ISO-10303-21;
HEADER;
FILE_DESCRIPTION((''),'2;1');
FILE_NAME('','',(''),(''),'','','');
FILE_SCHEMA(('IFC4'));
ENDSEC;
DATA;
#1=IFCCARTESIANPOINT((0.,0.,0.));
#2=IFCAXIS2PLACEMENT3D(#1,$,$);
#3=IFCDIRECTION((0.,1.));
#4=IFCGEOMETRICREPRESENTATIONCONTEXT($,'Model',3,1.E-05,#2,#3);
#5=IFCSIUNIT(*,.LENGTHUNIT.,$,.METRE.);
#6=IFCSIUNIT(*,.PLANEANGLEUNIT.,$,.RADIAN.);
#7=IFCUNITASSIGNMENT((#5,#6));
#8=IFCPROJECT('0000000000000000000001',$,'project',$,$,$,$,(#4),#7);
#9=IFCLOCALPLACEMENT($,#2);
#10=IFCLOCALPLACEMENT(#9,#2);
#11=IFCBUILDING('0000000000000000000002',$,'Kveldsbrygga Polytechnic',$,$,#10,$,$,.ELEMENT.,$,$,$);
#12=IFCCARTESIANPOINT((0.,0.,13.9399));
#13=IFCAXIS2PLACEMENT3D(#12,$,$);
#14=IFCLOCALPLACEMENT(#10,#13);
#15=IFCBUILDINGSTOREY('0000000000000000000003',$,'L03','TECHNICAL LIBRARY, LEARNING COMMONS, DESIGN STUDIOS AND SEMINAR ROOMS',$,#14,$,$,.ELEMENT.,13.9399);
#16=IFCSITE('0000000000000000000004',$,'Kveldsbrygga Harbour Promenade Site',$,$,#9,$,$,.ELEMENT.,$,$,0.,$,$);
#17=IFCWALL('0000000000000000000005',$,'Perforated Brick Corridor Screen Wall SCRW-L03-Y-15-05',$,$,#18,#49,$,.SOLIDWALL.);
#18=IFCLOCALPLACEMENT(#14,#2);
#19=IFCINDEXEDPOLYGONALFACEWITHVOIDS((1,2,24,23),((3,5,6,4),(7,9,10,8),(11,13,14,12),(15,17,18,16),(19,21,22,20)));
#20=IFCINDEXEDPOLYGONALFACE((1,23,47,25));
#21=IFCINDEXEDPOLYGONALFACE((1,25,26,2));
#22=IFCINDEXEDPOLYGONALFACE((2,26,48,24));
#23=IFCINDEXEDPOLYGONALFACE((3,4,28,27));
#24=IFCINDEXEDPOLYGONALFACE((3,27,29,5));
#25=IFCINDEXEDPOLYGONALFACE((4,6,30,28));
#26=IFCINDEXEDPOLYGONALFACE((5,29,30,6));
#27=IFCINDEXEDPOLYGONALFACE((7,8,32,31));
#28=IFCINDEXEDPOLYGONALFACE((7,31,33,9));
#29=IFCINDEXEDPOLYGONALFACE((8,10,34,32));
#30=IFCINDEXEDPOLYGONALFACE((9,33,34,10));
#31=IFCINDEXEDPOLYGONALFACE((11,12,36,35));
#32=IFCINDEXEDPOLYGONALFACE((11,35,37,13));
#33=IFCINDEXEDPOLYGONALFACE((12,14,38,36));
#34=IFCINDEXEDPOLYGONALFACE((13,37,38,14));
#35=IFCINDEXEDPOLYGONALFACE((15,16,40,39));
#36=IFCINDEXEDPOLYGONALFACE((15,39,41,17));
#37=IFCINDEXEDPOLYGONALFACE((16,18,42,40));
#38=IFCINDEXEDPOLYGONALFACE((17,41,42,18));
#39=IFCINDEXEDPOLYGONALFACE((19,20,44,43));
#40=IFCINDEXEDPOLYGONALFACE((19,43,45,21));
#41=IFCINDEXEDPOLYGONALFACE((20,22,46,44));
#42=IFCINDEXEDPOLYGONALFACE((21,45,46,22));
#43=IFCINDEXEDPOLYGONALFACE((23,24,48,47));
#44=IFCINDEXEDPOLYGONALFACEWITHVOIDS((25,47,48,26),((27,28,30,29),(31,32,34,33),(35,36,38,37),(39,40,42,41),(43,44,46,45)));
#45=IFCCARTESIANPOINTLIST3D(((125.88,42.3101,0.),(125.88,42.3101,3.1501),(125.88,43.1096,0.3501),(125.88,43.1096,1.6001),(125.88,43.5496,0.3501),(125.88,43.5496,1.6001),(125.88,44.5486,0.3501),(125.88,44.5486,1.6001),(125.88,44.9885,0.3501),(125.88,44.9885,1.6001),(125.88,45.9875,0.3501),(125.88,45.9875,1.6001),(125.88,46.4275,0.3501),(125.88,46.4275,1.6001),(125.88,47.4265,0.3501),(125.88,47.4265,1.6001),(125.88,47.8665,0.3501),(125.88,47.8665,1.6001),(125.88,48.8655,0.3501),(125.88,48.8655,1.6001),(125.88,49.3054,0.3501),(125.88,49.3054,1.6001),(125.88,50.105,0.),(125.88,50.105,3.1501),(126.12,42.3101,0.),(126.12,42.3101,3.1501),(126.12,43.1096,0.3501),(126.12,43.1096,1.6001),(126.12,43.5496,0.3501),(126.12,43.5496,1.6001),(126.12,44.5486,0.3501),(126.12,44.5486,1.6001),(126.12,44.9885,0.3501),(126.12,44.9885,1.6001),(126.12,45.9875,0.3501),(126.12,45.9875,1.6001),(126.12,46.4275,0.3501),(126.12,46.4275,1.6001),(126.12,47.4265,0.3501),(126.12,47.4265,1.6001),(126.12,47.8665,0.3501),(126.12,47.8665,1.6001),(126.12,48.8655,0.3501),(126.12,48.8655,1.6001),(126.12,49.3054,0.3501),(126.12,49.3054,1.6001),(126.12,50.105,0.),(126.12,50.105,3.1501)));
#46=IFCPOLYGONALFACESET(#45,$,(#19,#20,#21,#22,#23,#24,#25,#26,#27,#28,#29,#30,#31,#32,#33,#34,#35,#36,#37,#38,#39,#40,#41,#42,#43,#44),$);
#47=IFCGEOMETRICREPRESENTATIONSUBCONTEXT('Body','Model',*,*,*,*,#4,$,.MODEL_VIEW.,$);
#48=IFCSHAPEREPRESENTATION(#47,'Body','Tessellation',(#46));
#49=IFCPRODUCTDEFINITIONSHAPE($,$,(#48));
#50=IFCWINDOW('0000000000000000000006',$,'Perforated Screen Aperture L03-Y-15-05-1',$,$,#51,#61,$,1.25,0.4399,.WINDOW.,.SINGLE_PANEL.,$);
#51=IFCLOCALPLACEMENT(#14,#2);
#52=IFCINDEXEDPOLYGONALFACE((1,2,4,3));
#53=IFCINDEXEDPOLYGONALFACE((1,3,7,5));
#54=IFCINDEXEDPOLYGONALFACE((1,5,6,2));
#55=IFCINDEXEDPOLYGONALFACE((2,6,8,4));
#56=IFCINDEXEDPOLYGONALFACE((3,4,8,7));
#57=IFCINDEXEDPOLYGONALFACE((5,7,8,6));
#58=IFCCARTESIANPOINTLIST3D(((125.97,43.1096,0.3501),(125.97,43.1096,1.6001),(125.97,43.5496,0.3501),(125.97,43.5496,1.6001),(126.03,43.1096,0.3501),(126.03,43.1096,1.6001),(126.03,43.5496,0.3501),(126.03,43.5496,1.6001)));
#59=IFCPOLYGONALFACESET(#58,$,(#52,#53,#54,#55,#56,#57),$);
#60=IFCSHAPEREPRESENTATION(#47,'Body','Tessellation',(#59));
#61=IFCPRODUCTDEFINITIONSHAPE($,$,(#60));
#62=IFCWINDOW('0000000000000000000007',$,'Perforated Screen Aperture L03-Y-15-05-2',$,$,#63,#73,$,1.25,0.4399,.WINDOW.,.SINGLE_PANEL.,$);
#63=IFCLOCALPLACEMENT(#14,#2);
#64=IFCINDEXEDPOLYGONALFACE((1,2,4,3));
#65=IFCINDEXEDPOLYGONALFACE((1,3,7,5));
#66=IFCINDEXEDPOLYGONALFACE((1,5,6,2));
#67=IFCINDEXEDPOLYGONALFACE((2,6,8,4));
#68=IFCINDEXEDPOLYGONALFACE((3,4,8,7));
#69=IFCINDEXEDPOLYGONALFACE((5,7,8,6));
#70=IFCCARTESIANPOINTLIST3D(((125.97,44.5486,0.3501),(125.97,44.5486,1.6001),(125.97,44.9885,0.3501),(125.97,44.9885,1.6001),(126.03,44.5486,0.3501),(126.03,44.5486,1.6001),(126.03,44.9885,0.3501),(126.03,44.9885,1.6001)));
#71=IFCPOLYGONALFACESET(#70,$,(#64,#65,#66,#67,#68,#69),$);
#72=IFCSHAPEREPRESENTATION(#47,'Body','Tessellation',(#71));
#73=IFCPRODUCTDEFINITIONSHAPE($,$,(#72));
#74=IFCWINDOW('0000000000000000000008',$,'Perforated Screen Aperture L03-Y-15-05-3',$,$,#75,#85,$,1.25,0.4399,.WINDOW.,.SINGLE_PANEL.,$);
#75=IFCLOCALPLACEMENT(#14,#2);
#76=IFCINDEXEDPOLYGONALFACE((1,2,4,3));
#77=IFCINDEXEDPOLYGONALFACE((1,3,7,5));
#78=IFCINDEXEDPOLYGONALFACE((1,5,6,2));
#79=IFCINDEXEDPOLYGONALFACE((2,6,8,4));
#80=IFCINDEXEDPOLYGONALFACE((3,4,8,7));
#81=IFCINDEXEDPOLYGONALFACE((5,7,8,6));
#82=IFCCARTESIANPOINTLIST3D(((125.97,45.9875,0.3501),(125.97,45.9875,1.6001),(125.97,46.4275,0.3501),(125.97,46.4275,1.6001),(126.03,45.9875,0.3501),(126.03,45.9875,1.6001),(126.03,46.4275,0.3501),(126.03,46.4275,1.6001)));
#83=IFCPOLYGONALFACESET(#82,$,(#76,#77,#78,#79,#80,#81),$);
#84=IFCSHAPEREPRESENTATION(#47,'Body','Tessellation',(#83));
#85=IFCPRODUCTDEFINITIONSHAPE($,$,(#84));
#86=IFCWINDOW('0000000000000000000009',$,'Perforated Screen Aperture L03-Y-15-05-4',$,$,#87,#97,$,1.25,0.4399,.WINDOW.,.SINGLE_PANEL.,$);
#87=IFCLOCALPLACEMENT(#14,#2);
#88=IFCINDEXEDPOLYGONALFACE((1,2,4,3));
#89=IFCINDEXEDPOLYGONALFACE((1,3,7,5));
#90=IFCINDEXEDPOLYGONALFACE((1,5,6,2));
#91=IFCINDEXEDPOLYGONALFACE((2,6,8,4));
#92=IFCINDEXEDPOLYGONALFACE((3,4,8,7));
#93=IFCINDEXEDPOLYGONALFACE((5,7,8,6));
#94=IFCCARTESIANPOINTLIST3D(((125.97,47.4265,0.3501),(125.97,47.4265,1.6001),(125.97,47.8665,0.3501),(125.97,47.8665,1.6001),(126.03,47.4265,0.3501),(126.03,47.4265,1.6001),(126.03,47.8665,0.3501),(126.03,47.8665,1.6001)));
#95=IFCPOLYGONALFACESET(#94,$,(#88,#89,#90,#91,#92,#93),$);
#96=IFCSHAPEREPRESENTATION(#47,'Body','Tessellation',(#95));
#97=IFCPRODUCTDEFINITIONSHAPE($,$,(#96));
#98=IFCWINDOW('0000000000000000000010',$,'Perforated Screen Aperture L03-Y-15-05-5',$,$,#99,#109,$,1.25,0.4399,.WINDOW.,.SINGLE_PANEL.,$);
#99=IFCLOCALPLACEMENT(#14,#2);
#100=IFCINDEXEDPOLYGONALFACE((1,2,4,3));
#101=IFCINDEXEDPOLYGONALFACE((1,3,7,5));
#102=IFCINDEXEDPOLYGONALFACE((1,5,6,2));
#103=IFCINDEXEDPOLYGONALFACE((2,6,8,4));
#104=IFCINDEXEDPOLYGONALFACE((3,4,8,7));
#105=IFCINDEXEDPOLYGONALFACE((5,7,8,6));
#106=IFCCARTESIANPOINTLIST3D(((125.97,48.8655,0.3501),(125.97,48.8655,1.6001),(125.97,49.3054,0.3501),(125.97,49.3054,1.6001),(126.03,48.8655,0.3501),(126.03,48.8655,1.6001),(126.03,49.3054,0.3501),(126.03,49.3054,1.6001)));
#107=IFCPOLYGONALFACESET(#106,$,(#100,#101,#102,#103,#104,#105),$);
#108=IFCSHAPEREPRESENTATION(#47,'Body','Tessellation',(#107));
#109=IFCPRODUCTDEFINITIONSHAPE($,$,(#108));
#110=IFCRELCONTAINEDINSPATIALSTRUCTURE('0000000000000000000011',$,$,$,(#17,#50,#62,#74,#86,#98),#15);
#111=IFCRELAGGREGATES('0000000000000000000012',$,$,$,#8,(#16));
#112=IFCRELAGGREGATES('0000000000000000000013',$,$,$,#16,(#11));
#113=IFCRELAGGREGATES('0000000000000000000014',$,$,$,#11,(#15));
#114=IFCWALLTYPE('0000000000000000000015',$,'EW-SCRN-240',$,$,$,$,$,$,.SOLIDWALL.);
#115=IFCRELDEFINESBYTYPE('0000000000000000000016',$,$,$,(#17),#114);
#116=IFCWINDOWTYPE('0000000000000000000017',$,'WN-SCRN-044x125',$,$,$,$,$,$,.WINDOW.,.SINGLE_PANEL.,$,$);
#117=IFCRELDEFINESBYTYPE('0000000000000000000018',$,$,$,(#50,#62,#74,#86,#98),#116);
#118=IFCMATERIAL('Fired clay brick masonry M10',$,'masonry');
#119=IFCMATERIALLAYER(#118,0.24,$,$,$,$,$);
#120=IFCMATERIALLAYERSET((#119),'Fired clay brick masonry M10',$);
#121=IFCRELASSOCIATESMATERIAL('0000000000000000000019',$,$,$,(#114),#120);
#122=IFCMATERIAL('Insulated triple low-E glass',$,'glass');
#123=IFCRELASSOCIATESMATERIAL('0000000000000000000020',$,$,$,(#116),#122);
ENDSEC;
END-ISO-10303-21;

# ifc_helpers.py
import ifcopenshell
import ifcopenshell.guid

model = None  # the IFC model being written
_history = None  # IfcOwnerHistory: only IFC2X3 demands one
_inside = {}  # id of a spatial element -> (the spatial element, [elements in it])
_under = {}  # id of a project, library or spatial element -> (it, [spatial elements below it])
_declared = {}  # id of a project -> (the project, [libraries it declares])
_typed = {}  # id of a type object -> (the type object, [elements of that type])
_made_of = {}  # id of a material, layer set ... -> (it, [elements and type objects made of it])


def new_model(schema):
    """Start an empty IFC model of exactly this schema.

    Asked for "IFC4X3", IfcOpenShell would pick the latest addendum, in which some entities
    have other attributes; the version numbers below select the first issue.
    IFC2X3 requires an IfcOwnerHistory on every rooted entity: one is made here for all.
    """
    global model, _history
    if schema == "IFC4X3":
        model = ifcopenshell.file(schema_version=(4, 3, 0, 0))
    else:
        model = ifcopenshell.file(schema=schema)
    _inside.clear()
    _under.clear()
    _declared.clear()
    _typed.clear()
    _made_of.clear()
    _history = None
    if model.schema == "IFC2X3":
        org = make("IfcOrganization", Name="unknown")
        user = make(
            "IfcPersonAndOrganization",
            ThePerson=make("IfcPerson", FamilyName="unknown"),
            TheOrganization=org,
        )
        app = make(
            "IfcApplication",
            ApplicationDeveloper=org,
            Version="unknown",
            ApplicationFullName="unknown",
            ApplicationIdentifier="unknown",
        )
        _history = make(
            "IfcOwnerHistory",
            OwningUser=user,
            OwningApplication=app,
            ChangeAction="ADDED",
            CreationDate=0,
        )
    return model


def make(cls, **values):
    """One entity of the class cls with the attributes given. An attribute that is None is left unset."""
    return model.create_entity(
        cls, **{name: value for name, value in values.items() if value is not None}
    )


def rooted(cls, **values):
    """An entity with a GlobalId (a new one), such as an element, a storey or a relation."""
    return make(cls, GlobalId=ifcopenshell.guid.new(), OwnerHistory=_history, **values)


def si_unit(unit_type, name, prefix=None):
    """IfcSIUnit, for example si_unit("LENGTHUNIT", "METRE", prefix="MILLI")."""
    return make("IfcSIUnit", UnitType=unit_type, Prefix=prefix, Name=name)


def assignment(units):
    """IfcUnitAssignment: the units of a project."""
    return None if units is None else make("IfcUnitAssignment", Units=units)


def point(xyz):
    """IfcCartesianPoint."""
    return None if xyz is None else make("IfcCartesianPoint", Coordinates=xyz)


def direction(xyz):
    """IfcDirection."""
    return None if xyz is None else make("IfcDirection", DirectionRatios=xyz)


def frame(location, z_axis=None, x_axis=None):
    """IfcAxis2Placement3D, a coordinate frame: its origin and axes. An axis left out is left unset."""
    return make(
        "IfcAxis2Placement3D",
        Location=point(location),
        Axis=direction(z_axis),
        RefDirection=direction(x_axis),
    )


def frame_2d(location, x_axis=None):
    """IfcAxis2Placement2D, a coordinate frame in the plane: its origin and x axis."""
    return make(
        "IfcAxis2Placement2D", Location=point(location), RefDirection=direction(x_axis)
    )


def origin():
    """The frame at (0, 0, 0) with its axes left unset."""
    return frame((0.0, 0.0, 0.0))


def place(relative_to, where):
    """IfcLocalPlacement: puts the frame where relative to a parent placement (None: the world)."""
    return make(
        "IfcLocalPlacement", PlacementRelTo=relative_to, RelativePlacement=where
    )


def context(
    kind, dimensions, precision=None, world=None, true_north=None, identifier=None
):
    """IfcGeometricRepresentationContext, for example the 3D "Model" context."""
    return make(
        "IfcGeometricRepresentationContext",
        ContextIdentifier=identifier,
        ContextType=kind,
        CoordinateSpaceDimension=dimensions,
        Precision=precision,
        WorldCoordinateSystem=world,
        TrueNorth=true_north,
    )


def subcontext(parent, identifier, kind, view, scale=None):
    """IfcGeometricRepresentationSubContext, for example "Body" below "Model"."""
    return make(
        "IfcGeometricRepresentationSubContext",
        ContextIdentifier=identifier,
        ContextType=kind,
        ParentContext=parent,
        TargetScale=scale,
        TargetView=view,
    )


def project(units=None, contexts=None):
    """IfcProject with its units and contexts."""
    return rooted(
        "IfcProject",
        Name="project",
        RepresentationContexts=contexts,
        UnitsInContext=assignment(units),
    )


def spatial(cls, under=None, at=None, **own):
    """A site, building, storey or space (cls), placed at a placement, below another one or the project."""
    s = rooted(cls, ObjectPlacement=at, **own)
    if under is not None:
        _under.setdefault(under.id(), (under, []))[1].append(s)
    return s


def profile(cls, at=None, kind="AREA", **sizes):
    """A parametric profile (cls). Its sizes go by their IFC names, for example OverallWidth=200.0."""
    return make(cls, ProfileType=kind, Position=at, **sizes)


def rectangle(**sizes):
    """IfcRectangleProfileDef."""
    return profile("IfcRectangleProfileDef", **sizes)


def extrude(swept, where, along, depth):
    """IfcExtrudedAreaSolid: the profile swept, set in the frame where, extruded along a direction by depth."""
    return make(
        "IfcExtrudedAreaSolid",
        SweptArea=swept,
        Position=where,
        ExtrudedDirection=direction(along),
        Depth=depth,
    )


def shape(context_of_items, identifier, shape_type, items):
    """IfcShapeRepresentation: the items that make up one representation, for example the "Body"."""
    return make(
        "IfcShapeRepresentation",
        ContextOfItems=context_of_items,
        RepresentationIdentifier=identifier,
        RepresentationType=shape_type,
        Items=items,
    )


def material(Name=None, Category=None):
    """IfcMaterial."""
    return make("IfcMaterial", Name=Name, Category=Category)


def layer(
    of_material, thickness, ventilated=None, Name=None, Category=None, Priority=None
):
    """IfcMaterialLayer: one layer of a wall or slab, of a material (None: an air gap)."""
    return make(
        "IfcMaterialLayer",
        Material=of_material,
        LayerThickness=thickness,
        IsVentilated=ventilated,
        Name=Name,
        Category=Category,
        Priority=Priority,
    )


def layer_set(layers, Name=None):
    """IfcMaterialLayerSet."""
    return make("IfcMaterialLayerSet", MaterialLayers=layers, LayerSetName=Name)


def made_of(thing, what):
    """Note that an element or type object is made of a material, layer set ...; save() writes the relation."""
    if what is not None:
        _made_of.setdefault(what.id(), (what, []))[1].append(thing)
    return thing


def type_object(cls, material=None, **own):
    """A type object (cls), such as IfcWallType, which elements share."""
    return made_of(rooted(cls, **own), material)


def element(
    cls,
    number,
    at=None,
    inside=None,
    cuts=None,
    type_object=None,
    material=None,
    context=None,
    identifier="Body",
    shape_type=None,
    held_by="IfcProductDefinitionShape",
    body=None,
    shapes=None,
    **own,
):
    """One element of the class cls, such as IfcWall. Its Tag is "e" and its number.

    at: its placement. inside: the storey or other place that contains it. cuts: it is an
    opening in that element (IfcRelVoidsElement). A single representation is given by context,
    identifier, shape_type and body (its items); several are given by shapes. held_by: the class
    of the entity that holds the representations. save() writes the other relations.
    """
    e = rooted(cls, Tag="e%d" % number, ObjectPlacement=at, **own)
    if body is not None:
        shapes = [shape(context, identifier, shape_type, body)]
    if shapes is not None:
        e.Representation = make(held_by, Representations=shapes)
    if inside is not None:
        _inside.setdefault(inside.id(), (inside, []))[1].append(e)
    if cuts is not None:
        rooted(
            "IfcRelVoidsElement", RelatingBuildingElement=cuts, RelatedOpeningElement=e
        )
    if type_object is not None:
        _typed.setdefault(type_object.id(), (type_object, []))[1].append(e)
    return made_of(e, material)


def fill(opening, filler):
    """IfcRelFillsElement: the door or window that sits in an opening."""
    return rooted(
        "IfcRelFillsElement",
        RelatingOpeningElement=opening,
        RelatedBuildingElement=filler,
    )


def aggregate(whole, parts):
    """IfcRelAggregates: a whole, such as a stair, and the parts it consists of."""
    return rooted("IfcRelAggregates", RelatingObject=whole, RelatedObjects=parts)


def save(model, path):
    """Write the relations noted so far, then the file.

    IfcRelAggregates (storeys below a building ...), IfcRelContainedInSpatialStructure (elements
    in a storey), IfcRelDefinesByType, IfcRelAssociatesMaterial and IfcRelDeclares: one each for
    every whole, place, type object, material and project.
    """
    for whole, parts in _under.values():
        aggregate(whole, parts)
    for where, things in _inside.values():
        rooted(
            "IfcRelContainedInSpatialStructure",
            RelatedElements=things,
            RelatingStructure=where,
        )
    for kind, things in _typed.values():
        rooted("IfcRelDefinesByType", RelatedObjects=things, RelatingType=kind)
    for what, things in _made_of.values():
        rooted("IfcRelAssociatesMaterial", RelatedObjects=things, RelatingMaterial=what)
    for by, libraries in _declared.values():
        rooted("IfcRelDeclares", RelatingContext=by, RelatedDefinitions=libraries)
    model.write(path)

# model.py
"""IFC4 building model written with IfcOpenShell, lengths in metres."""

from ifc_helpers import new_model, si_unit, direction, frame, frame_2d, origin, place, context, subcontext, project, spatial, rectangle, extrude, material, layer, layer_set, type_object, element, fill, save


model = new_model("IFC4")

# Units and contexts
model_context = context("Model", 3, precision=1e-05, world=origin(), true_north=direction((0.0, 1.0)))
body_context = subcontext(model_context, "Body", "Model", "MODEL_VIEW")
ifc_project = project(units=[si_unit("LENGTHUNIT", "METRE"), si_unit("PLANEANGLEUNIT", "RADIAN")], contexts=[model_context])

# Site, building, storey
site_placement = place(None, origin())
site = spatial("IfcSite", under=ifc_project, at=site_placement, Name="Kveldsbrygga Harbour Promenade Site", CompositionType="ELEMENT", RefElevation=0.0)
building_placement = place(site_placement, origin())
building = spatial("IfcBuilding", under=site, at=building_placement, Name="Kveldsbrygga Polytechnic", CompositionType="ELEMENT")
storey_placement = place(building_placement, frame((0.0, 0.0, 13.9399)))
storey = spatial("IfcBuildingStorey", under=building, at=storey_placement, Name="L03", Description="TECHNICAL LIBRARY, LEARNING COMMONS, DESIGN STUDIOS AND SEMINAR ROOMS", CompositionType="ELEMENT", Elevation=13.9399)

# Shared definitions
ifc_material_1 = material(Name="Insulated triple low-E glass", Category="glass")

# Wall, openings, windows
ifc_material_2 = material(Name="Fired clay brick masonry M10", Category="masonry")
ifc_layer_1 = layer(ifc_material_2, 0.24)
ifc_layer_set_1 = layer_set([ifc_layer_1], Name="Fired clay brick masonry M10")
wall_type = type_object("IfcWallType", Name="EW-SCRN-240", PredefinedType="SOLIDWALL", material=ifc_layer_set_1)
wall_placement = place(storey_placement, frame((126.0, 42.3101, 0.0), z_axis=(0.0, 0.0, 1.0), x_axis=(0.0, 1.0, 0.0)))
wall = element("IfcWall", 1, at=wall_placement, inside=storey, type_object=wall_type, Name="Perforated Brick Corridor Screen Wall SCRW-L03-Y-15-05", PredefinedType="SOLIDWALL", context=body_context, shape_type="SweptSolid", body=[
    extrude(rectangle(XDim=7.7949, YDim=0.24, at=frame_2d((3.8975, 0.0))), origin(), (0.0, 0.0, 1.0), 3.1501),
])
opening_1_placement = place(wall_placement, frame((0.7996, 0.0, 0.3501)))
opening_1 = element("IfcOpeningElement", 2, at=opening_1_placement, cuts=wall, PredefinedType="OPENING", context=body_context, shape_type="SweptSolid", body=[
    extrude(rectangle(XDim=0.4399, YDim=1.25, at=frame_2d((0.22, 0.625))), frame((0.0, 0.1299, 0.0), z_axis=(0.0, -1.0, 0.0), x_axis=(1.0, 0.0, 0.0)), (0.0, 0.0, 1.0), 0.26),
])
opening_2_placement = place(wall_placement, frame((2.2385, 0.0, 0.3501)))
opening_2 = element("IfcOpeningElement", 3, at=opening_2_placement, cuts=wall, PredefinedType="OPENING", context=body_context, shape_type="SweptSolid", body=[
    extrude(rectangle(XDim=0.4399, YDim=1.25, at=frame_2d((0.22, 0.625))), frame((0.0, 0.1299, 0.0), z_axis=(0.0, -1.0, 0.0), x_axis=(1.0, 0.0, 0.0)), (0.0, 0.0, 1.0), 0.26),
])
opening_3_placement = place(wall_placement, frame((3.6775, 0.0, 0.3501)))
opening_3 = element("IfcOpeningElement", 4, at=opening_3_placement, cuts=wall, PredefinedType="OPENING", context=body_context, shape_type="SweptSolid", body=[
    extrude(rectangle(XDim=0.4399, YDim=1.25, at=frame_2d((0.22, 0.625))), frame((0.0, 0.1299, 0.0), z_axis=(0.0, -1.0, 0.0), x_axis=(1.0, 0.0, 0.0)), (0.0, 0.0, 1.0), 0.26),
])
opening_4_placement = place(wall_placement, frame((5.1165, 0.0, 0.3501)))
opening_4 = element("IfcOpeningElement", 5, at=opening_4_placement, cuts=wall, PredefinedType="OPENING", context=body_context, shape_type="SweptSolid", body=[
    extrude(rectangle(XDim=0.4399, YDim=1.25, at=frame_2d((0.22, 0.625))), frame((0.0, 0.1299, 0.0), z_axis=(0.0, -1.0, 0.0), x_axis=(1.0, 0.0, 0.0)), (0.0, 0.0, 1.0), 0.26),
])
opening_5_placement = place(wall_placement, frame((6.5554, 0.0, 0.3501)))
opening_5 = element("IfcOpeningElement", 6, at=opening_5_placement, cuts=wall, PredefinedType="OPENING", context=body_context, shape_type="SweptSolid", body=[
    extrude(rectangle(XDim=0.4399, YDim=1.25, at=frame_2d((0.22, 0.625))), frame((0.0, 0.1299, 0.0), z_axis=(0.0, -1.0, 0.0), x_axis=(1.0, 0.0, 0.0)), (0.0, 0.0, 1.0), 0.26),
])
window_type = type_object("IfcWindowType", Name="WN-SCRN-044x125", PartitioningType="SINGLE_PANEL", PredefinedType="WINDOW", material=ifc_material_1)
window_1_placement = place(opening_1_placement, origin())
window_1 = element("IfcWindow", 7, at=window_1_placement, inside=storey, type_object=window_type, Name="Perforated Screen Aperture L03-Y-15-05-1", OverallHeight=1.25, OverallWidth=0.4399, PartitioningType="SINGLE_PANEL", PredefinedType="WINDOW", context=body_context, shape_type="SweptSolid", body=[
    extrude(rectangle(XDim=0.4399, YDim=1.25, at=frame_2d((0.22, 0.625))), frame((0.0, 0.03, 0.0), z_axis=(0.0, -1.0, 0.0), x_axis=(1.0, 0.0, 0.0)), (0.0, 0.0, 1.0), 0.0601),
])
fill(opening_1, window_1)
window_2_placement = place(opening_2_placement, origin())
window_2 = element("IfcWindow", 8, at=window_2_placement, inside=storey, type_object=window_type, Name="Perforated Screen Aperture L03-Y-15-05-2", OverallHeight=1.25, OverallWidth=0.4399, PartitioningType="SINGLE_PANEL", PredefinedType="WINDOW", context=body_context, shape_type="SweptSolid", body=[
    extrude(rectangle(XDim=0.4399, YDim=1.25, at=frame_2d((0.22, 0.625))), frame((0.0, 0.03, 0.0), z_axis=(0.0, -1.0, 0.0), x_axis=(1.0, 0.0, 0.0)), (0.0, 0.0, 1.0), 0.0601),
])
fill(opening_2, window_2)
window_3_placement = place(opening_3_placement, origin())
window_3 = element("IfcWindow", 9, at=window_3_placement, inside=storey, type_object=window_type, Name="Perforated Screen Aperture L03-Y-15-05-3", OverallHeight=1.25, OverallWidth=0.4399, PartitioningType="SINGLE_PANEL", PredefinedType="WINDOW", context=body_context, shape_type="SweptSolid", body=[
    extrude(rectangle(XDim=0.4399, YDim=1.25, at=frame_2d((0.22, 0.625))), frame((0.0, 0.03, 0.0), z_axis=(0.0, -1.0, 0.0), x_axis=(1.0, 0.0, 0.0)), (0.0, 0.0, 1.0), 0.0601),
])
fill(opening_3, window_3)
window_4_placement = place(opening_4_placement, origin())
window_4 = element("IfcWindow", 10, at=window_4_placement, inside=storey, type_object=window_type, Name="Perforated Screen Aperture L03-Y-15-05-4", OverallHeight=1.25, OverallWidth=0.4399, PartitioningType="SINGLE_PANEL", PredefinedType="WINDOW", context=body_context, shape_type="SweptSolid", body=[
    extrude(rectangle(XDim=0.4399, YDim=1.25, at=frame_2d((0.22, 0.625))), frame((0.0, 0.03, 0.0), z_axis=(0.0, -1.0, 0.0), x_axis=(1.0, 0.0, 0.0)), (0.0, 0.0, 1.0), 0.0601),
])
fill(opening_4, window_4)
window_5_placement = place(opening_5_placement, origin())
window_5 = element("IfcWindow", 11, at=window_5_placement, inside=storey, type_object=window_type, Name="Perforated Screen Aperture L03-Y-15-05-5", OverallHeight=1.25, OverallWidth=0.4399, PartitioningType="SINGLE_PANEL", PredefinedType="WINDOW", context=body_context, shape_type="SweptSolid", body=[
    extrude(rectangle(XDim=0.4399, YDim=1.25, at=frame_2d((0.22, 0.625))), frame((0.0, 0.03, 0.0), z_axis=(0.0, -1.0, 0.0), x_axis=(1.0, 0.0, 0.0)), (0.0, 0.0, 1.0), 0.0601),
])
fill(opening_5, window_5)

save(model, "model.ifc")
